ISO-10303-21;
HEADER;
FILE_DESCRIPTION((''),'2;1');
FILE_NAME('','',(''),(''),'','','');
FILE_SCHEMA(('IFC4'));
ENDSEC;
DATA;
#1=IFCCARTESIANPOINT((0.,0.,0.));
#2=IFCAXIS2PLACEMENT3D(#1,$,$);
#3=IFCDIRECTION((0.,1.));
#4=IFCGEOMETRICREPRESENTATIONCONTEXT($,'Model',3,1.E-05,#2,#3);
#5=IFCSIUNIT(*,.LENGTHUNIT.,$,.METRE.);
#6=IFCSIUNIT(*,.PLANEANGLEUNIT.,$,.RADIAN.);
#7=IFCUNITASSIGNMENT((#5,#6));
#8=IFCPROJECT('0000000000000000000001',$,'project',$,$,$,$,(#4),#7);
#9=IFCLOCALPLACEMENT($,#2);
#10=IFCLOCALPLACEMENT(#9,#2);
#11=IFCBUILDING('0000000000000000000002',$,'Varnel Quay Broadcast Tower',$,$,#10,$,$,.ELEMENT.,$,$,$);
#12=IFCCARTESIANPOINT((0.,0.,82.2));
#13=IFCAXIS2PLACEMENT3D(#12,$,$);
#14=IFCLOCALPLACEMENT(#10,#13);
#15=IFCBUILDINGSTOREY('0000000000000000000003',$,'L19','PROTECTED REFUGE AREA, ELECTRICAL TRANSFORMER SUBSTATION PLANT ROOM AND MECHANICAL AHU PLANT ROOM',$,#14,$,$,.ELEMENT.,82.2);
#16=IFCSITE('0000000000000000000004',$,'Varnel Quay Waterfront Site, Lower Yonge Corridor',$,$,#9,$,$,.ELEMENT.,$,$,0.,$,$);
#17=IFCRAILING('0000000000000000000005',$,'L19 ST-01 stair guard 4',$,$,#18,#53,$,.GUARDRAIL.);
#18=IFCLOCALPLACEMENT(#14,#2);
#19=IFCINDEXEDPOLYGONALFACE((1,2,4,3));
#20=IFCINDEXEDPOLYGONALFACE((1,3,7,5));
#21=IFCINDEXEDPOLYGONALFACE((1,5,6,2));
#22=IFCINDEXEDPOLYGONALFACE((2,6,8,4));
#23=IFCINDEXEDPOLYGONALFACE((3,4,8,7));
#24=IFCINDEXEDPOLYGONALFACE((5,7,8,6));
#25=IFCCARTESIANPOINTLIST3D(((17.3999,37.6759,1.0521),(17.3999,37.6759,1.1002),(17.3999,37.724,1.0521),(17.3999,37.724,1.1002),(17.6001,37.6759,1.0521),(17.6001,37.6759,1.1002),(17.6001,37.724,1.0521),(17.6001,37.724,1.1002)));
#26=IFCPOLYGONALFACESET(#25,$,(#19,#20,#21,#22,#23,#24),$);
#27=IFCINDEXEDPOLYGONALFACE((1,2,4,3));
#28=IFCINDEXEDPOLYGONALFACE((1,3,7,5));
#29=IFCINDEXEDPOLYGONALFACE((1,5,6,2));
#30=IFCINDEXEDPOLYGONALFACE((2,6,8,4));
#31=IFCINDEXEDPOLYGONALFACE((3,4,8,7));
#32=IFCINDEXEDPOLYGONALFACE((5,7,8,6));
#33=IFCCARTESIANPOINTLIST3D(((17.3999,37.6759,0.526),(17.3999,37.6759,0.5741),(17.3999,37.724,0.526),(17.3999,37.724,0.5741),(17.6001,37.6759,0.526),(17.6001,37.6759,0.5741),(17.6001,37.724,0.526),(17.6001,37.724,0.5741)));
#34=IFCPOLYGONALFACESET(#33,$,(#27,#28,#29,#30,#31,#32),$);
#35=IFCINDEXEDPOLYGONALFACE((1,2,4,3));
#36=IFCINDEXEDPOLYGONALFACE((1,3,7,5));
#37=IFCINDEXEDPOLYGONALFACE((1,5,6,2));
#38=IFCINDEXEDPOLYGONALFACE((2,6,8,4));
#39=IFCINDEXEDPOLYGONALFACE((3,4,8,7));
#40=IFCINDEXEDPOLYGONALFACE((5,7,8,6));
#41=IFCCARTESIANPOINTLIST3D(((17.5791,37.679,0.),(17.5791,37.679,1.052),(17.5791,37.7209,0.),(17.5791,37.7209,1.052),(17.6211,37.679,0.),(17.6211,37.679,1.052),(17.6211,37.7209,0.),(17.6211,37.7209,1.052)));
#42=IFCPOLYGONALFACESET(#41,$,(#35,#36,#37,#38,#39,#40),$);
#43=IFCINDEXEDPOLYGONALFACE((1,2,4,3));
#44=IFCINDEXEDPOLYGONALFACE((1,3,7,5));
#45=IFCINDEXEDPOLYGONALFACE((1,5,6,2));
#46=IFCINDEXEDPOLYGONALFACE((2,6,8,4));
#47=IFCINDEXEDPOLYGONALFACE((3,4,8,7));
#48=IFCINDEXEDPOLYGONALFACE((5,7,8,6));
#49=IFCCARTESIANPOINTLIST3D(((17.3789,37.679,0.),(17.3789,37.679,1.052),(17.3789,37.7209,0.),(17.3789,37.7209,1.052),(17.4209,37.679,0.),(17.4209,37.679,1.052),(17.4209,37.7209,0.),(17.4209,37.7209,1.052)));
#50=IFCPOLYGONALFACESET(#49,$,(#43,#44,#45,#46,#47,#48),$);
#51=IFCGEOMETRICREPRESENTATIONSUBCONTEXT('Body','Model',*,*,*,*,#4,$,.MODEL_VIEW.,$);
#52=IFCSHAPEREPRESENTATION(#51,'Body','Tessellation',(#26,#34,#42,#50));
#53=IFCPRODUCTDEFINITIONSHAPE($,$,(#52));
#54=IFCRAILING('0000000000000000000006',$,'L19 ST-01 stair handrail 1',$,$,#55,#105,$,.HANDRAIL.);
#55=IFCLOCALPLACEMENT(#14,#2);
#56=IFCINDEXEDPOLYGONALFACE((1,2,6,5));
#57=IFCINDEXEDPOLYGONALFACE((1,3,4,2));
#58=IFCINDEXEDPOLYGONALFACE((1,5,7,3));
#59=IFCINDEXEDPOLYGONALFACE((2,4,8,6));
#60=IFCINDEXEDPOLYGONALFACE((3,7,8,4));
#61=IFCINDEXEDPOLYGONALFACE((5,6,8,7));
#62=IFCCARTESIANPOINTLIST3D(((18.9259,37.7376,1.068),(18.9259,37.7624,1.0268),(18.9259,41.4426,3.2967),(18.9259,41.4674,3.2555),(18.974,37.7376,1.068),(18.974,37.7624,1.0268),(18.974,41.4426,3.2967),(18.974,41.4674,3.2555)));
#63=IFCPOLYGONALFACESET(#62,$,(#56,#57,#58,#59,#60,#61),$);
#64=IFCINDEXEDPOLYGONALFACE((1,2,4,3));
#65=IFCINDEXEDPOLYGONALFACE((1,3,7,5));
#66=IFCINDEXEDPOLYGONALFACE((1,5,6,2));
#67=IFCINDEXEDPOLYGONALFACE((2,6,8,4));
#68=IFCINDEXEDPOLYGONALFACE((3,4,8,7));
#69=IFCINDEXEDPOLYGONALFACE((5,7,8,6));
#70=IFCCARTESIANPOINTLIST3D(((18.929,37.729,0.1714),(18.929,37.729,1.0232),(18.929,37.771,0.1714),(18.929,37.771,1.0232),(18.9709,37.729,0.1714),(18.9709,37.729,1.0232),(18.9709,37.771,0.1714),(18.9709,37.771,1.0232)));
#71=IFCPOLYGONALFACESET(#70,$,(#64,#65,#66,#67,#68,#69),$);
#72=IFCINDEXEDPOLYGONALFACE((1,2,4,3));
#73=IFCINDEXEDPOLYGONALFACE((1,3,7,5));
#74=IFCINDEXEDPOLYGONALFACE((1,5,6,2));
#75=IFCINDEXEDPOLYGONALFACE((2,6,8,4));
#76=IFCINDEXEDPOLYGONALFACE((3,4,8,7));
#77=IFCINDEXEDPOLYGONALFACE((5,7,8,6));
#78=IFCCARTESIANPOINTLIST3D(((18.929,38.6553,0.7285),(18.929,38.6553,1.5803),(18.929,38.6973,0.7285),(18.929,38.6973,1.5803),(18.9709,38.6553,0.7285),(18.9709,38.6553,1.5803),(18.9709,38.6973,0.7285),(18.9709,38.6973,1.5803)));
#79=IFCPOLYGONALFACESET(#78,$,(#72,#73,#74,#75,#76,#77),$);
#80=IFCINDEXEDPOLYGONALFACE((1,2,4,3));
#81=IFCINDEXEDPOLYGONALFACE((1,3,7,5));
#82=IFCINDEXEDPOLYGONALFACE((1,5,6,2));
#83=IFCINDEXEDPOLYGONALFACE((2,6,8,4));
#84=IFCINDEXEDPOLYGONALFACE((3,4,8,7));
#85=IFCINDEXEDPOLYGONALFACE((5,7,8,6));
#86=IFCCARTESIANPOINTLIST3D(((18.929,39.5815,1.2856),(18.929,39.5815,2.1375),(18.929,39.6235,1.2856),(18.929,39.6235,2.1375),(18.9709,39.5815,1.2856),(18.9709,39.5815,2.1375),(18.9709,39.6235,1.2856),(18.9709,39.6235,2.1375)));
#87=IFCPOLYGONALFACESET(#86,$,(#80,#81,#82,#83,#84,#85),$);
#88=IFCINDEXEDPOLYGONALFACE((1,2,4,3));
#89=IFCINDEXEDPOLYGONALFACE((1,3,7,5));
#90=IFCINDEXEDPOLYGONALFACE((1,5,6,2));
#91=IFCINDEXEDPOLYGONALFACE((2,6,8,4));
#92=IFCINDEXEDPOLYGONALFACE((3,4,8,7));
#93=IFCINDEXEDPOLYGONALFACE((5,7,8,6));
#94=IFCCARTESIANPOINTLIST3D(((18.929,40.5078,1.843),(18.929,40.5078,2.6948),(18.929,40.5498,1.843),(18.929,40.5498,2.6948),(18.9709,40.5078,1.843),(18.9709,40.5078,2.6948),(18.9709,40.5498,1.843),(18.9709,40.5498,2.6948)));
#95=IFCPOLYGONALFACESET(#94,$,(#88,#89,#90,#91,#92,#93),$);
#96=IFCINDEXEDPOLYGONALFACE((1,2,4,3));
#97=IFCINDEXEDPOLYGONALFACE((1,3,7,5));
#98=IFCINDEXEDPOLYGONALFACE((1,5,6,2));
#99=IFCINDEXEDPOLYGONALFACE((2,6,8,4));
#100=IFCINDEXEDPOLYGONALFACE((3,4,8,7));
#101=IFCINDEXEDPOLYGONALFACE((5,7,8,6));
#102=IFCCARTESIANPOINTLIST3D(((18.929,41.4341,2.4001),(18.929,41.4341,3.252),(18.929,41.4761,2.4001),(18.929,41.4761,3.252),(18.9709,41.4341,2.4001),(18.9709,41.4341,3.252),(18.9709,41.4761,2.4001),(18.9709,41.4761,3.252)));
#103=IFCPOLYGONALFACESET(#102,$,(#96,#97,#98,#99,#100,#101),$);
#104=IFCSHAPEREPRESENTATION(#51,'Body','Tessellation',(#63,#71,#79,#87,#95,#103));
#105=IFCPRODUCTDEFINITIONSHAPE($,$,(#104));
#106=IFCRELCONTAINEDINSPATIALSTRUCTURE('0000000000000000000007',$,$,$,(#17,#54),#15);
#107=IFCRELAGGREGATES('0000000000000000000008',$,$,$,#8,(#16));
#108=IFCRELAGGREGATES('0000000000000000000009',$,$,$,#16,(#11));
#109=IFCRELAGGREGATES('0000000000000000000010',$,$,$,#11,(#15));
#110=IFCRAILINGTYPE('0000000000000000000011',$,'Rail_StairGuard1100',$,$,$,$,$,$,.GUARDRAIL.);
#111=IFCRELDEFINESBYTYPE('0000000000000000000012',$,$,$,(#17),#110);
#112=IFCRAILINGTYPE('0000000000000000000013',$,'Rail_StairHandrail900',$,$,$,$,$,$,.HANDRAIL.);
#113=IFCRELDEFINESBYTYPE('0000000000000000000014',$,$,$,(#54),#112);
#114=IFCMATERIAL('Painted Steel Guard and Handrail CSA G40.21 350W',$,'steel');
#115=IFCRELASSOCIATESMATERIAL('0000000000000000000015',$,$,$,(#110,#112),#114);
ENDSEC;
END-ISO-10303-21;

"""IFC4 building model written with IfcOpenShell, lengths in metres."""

from ifc_helpers import new_model, si_unit, direction, frame, origin, origin_2d, place, context, subcontext, project, spatial, rectangle, extrude, material, type_object, element, save


model = new_model("IFC4")

# Units and contexts
model_context = context("Model", 3, precision=1e-05, world=origin(), true_north=direction((0.0, 1.0)))
body_context = subcontext(model_context, "Body", "Model", "MODEL_VIEW")
ifc_project = project(units=[si_unit("LENGTHUNIT", "METRE"), si_unit("PLANEANGLEUNIT", "RADIAN")], contexts=[model_context])

# Site, building, storey
site_placement = place(None, origin())
site = spatial("IfcSite", under=ifc_project, at=site_placement, Name="Varnel Quay Waterfront Site, Lower Yonge Corridor", CompositionType="ELEMENT", RefElevation=0.0)
building_placement = place(site_placement, origin())
building = spatial("IfcBuilding", under=site, at=building_placement, Name="Varnel Quay Broadcast Tower", CompositionType="ELEMENT")
storey_placement = place(building_placement, frame((0.0, 0.0, 82.2)))
storey = spatial("IfcBuildingStorey", under=building, at=storey_placement, Name="L19", Description="PROTECTED REFUGE AREA, ELECTRICAL TRANSFORMER SUBSTATION PLANT ROOM AND MECHANICAL AHU PLANT ROOM", CompositionType="ELEMENT", Elevation=82.2)

# Railings
ifc_material_1 = material(Name="Painted Steel Guard and Handrail CSA G40.21 350W", Category="steel")
railing_type_1 = type_object("IfcRailingType", Name="Rail_StairGuard1100", PredefinedType="GUARDRAIL", material=ifc_material_1)
railing_1_placement = place(storey_placement, frame((17.6001, 37.7, 0.0)))
element("IfcRailing", 1, at=railing_1_placement, inside=storey, type_object=railing_type_1, Name="L19 ST-01 stair guard 4", PredefinedType="GUARDRAIL", context=body_context, shape_type="SweptSolid", body=[
    extrude(rectangle(XDim=0.0481, YDim=0.0481, at=origin_2d()), frame((0.0, 0.0, 1.0762), z_axis=(-1.0, 0.0, 0.0), x_axis=(0.0, -1.0, 0.0)), (0.0, 0.0, 1.0), 0.2002),
    extrude(rectangle(XDim=0.0481, YDim=0.0481, at=origin_2d()), frame((0.0, 0.0, 0.55), z_axis=(-1.0, 0.0, 0.0), x_axis=(0.0, -1.0, 0.0)), (0.0, 0.0, 1.0), 0.2002),
    extrude(rectangle(XDim=0.042, YDim=0.042, at=origin_2d()), origin(), (0.0, 0.0, 1.0), 1.052),
    extrude(rectangle(XDim=0.042, YDim=0.042, at=origin_2d()), frame((-0.2002, 0.0, 0.0)), (0.0, 0.0, 1.0), 1.052),
])
railing_type_2 = type_object("IfcRailingType", Name="Rail_StairHandrail900", PredefinedType="HANDRAIL", material=ifc_material_1)
railing_2_placement = place(storey_placement, frame((18.95, 37.75, 0.1714)))
element("IfcRailing", 2, at=railing_2_placement, inside=storey, type_object=railing_type_2, Name="L19 ST-01 stair handrail 1", PredefinedType="HANDRAIL", context=body_context, shape_type="SweptSolid", body=[
    extrude(rectangle(XDim=0.0481, YDim=0.0481, at=origin_2d()), frame((0.0, 0.0, 0.876), z_axis=(0.0, 0.856909, 0.515467), x_axis=(-1.0, 0.0, 0.0)), (0.0, 0.0, 1.0), 4.3237),
    extrude(rectangle(XDim=0.042, YDim=0.042, at=origin_2d()), origin(), (0.0, 0.0, 1.0), 0.8518),
    extrude(rectangle(XDim=0.042, YDim=0.042, at=origin_2d()), frame((0.0, 0.9263, 0.5571)), (0.0, 0.0, 1.0), 0.8518),
    extrude(rectangle(XDim=0.042, YDim=0.042, at=origin_2d()), frame((0.0, 1.8525, 1.1143)), (0.0, 0.0, 1.0), 0.8518),
    extrude(rectangle(XDim=0.042, YDim=0.042, at=origin_2d()), frame((0.0, 2.7788, 1.6716)), (0.0, 0.0, 1.0), 0.8518),
    extrude(rectangle(XDim=0.042, YDim=0.042, at=origin_2d()), frame((0.0, 3.7051, 2.2288)), (0.0, 0.0, 1.0), 0.8518),
])

save(model, "model.ifc")
